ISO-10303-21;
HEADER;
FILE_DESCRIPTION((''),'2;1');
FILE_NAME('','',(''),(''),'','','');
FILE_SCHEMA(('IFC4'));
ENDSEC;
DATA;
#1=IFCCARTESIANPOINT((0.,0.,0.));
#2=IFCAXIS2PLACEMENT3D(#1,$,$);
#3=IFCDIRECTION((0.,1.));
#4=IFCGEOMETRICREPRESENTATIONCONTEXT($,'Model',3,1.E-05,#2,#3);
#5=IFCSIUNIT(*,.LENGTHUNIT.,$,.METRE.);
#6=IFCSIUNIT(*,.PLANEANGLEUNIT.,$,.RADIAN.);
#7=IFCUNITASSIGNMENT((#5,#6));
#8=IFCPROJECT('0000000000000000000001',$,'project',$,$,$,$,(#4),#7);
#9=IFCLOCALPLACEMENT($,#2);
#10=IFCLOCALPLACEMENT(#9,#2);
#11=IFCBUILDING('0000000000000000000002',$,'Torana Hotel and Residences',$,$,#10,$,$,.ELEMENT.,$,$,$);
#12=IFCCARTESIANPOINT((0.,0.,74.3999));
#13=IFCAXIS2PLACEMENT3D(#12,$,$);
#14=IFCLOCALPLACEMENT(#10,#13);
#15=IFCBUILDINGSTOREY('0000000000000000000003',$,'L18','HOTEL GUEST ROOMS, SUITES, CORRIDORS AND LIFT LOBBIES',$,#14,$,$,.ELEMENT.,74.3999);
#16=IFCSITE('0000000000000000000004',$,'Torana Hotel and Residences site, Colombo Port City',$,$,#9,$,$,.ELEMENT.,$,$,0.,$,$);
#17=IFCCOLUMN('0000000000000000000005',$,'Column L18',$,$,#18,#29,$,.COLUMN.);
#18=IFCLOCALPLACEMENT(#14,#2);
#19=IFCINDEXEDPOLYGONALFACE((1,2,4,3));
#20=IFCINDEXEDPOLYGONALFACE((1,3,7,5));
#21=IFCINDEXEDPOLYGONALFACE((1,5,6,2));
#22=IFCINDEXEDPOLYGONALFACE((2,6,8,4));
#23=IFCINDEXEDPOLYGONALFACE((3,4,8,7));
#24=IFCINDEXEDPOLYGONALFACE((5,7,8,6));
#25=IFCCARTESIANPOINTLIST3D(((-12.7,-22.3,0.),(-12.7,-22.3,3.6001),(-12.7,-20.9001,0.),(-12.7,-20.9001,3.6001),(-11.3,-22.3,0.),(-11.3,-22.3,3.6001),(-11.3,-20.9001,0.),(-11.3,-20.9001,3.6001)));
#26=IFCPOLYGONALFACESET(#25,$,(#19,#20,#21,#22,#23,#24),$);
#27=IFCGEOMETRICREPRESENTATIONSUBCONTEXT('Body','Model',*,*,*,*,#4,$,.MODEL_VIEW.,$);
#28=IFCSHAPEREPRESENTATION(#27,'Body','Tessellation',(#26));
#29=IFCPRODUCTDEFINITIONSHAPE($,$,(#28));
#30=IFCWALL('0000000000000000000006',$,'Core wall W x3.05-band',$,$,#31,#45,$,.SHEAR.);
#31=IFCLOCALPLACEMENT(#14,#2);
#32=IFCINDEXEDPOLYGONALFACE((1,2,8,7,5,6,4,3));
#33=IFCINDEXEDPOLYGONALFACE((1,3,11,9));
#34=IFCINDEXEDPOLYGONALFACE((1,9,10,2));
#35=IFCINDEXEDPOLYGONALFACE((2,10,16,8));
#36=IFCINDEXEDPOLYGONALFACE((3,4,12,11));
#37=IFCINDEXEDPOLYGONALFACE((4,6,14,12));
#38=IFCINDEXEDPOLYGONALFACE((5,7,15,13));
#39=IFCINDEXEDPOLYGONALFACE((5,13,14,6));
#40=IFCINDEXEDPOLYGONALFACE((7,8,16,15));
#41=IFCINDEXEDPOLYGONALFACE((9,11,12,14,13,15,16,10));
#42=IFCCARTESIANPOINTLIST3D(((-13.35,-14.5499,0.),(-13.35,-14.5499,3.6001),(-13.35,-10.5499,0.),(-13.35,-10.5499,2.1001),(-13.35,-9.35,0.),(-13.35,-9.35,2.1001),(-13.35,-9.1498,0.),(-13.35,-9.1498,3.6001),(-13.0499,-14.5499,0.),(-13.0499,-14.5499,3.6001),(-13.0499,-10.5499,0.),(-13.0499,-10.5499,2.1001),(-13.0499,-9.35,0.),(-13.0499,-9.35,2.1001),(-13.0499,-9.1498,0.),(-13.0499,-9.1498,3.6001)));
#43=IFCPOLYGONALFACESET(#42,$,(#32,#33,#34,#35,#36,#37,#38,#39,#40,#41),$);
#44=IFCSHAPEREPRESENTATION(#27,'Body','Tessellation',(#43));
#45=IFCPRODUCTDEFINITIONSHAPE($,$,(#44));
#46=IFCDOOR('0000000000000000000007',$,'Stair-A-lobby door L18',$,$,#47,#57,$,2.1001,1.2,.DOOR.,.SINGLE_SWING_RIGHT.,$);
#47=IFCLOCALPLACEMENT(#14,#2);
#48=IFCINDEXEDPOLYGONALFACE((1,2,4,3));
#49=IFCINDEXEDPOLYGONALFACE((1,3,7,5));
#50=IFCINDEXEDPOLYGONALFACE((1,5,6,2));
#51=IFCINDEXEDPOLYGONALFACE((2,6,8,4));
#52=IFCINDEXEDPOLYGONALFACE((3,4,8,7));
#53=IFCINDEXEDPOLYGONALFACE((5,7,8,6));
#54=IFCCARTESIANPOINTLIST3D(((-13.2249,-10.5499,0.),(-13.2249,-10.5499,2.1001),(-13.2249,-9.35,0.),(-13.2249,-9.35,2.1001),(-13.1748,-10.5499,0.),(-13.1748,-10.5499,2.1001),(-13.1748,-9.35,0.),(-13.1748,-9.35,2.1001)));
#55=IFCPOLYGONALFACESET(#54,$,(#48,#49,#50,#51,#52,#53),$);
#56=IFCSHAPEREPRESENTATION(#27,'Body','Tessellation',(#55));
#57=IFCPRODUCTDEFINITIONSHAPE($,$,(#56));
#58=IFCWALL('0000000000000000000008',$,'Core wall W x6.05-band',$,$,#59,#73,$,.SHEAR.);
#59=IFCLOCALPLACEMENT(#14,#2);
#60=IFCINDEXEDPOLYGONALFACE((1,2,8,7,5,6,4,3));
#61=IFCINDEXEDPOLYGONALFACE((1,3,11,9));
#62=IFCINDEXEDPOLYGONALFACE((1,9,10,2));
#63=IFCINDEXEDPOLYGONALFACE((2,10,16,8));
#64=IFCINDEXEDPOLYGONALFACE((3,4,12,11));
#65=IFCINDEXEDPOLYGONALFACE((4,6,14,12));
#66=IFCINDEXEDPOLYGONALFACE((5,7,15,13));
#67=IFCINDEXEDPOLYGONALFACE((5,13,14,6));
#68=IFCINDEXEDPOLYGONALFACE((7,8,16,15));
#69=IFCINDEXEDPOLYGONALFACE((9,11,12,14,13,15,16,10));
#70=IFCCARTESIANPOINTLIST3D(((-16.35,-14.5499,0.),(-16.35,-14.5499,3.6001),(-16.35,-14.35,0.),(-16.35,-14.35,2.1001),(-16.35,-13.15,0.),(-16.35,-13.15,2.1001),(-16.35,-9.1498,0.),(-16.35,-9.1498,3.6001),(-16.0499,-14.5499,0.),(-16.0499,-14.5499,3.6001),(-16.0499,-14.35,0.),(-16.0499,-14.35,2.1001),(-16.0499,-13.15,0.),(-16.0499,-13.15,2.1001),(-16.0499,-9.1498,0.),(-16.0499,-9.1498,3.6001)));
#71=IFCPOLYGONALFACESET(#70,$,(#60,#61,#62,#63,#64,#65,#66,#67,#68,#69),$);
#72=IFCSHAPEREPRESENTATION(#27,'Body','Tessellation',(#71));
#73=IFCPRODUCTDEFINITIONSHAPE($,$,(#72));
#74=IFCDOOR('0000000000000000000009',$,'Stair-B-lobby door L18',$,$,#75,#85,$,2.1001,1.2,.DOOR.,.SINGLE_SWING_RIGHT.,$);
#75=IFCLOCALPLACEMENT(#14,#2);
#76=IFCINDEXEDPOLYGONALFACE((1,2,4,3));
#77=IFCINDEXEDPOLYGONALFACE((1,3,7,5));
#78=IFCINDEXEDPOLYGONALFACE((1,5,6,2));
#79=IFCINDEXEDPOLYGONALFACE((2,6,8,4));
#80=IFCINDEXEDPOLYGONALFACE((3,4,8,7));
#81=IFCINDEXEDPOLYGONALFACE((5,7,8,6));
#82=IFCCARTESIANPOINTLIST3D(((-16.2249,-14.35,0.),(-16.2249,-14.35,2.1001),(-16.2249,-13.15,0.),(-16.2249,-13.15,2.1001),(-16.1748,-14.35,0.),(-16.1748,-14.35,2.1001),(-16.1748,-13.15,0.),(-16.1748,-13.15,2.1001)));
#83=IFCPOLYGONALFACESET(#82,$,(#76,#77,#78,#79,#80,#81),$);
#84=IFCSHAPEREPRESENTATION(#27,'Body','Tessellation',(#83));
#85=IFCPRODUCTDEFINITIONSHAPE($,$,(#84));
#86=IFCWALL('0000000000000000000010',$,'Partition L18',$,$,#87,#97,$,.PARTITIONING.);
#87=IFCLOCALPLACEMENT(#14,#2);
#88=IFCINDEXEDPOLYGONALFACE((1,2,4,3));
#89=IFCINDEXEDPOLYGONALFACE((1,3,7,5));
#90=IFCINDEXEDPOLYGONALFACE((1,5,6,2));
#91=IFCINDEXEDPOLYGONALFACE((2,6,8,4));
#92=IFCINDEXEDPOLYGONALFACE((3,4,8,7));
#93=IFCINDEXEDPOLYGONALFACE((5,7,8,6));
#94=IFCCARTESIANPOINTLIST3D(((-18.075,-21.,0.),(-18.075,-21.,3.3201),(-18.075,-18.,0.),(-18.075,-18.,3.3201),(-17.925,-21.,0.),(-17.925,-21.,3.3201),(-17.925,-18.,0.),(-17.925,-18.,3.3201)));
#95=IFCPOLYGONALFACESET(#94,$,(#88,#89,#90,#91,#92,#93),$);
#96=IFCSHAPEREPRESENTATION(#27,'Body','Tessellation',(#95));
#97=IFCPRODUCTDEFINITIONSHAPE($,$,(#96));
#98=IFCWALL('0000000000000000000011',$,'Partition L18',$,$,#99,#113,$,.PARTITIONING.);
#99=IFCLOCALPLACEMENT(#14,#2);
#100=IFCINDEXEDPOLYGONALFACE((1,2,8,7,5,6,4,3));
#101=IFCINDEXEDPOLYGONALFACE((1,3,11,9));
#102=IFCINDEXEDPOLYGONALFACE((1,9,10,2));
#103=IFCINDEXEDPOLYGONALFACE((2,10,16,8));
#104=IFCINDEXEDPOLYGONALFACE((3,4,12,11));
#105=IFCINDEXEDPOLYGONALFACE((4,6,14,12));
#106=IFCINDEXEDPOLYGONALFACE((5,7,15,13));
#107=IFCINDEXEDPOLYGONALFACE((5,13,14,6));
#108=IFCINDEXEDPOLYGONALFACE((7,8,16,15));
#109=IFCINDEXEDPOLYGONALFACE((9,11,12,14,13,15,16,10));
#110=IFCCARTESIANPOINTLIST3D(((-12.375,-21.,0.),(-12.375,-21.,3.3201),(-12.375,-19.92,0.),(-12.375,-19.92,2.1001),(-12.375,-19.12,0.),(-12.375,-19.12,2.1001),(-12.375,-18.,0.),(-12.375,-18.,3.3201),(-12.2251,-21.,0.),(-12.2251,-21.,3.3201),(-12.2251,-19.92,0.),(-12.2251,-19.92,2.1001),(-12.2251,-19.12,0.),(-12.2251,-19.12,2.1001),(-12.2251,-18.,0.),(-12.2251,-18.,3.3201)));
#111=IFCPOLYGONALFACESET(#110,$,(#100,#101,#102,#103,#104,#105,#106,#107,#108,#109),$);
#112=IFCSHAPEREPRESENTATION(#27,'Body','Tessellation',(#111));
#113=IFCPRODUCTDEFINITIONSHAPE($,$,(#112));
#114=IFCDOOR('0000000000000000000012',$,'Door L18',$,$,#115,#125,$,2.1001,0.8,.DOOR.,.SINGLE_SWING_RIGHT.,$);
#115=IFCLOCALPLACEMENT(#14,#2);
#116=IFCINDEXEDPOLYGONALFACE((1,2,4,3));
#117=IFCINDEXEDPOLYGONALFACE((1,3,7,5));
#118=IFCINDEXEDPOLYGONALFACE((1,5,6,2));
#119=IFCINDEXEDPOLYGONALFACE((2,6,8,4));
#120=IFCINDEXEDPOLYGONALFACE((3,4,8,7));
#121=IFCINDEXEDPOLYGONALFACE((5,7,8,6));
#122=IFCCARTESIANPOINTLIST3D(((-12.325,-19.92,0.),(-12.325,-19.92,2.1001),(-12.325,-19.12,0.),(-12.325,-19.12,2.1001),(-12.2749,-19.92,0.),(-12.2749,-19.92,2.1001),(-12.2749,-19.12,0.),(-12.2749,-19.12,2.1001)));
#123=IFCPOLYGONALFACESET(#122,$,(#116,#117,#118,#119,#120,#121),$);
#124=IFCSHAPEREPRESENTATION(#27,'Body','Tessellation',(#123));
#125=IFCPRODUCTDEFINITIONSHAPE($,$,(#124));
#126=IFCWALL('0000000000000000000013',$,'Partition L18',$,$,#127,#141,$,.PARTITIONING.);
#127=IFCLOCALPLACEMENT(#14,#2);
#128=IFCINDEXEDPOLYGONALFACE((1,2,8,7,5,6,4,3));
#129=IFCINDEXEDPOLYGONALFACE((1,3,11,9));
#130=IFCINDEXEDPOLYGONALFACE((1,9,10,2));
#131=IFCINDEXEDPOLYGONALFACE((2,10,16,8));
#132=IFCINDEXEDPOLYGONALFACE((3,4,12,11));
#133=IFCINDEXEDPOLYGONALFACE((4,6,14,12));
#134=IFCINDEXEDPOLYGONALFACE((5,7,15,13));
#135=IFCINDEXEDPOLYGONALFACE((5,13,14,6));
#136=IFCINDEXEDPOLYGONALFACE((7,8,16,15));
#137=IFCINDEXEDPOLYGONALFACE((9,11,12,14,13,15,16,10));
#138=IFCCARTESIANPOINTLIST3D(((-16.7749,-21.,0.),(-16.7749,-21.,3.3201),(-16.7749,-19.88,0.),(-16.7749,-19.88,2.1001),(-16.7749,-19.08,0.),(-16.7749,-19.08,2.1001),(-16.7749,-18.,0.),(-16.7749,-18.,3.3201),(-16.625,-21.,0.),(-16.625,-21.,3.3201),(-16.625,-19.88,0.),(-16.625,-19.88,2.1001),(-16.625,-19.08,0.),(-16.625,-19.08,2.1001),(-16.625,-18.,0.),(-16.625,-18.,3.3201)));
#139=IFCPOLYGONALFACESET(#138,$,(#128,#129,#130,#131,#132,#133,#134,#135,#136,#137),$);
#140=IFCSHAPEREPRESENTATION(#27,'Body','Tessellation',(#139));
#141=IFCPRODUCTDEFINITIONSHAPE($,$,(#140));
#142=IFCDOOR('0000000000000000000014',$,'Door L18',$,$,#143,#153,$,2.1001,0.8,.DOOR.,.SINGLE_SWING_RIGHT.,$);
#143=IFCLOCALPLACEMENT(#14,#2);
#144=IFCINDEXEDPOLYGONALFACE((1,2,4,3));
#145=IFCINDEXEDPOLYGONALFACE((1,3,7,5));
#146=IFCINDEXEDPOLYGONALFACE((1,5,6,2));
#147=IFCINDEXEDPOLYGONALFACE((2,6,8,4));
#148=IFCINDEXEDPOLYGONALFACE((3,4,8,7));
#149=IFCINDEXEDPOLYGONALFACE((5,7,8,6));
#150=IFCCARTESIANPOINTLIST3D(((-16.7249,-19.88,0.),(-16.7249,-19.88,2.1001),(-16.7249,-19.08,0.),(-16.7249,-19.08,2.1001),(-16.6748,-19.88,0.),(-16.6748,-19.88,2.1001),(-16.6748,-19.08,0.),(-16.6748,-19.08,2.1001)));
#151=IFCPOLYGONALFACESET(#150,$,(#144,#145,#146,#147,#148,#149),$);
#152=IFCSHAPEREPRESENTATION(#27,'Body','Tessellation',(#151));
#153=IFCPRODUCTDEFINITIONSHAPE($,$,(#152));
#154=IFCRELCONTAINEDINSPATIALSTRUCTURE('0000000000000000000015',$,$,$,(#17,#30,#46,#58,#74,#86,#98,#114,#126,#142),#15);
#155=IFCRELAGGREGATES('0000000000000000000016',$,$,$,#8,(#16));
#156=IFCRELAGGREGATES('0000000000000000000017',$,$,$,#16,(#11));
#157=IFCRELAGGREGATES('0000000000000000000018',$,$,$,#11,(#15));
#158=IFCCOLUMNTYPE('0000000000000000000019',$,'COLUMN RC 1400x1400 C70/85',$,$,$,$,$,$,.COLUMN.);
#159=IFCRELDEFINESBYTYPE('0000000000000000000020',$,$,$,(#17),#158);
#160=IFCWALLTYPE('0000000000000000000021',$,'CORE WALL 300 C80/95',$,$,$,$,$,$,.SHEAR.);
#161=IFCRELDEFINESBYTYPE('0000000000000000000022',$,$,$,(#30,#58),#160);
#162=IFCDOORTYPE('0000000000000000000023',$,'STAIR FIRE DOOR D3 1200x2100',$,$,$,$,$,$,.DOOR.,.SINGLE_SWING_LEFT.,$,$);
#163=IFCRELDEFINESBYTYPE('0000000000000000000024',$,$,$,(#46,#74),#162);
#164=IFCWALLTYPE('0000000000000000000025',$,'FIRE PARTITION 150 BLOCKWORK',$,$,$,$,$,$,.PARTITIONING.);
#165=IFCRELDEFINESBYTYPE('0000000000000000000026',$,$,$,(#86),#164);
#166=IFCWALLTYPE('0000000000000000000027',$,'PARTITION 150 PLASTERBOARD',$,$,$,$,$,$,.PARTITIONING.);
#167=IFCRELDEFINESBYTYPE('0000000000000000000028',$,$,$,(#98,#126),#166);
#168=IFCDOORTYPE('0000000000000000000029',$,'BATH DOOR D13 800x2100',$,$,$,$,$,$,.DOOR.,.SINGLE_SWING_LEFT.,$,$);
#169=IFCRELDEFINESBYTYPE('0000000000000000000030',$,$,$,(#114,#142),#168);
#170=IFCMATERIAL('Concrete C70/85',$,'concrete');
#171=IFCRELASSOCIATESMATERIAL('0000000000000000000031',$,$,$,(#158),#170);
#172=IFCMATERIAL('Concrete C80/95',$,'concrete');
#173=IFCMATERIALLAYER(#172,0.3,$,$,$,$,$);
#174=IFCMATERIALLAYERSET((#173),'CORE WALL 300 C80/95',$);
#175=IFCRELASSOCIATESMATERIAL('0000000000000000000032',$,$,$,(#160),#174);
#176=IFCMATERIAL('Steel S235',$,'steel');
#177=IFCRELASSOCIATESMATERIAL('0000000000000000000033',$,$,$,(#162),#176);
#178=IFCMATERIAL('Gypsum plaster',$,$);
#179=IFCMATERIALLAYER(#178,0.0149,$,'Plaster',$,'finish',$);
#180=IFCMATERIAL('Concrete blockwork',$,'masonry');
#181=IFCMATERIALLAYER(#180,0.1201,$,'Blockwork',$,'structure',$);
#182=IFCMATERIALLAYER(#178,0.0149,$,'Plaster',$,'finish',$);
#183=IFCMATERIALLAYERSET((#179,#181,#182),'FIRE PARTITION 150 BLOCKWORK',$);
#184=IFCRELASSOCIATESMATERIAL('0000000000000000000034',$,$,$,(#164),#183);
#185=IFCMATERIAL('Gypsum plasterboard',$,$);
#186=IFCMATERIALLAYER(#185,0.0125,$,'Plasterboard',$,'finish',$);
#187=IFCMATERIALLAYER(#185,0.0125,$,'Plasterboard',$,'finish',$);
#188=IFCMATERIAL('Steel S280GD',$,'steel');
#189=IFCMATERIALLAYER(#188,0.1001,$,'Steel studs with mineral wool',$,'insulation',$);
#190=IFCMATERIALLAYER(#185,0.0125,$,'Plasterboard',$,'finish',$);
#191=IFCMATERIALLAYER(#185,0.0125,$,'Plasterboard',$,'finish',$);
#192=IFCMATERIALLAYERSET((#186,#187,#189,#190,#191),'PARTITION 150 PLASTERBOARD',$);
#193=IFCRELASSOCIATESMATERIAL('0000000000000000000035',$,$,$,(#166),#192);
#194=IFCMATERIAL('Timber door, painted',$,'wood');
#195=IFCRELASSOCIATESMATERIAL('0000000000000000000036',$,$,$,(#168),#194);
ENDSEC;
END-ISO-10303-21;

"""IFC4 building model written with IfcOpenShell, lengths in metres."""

from ifc_helpers import new_model, si_unit, direction, frame, frame_2d, origin, origin_2d, place, context, subcontext, project, spatial, rectangle, extrude, material, layer, layer_set, material_profile, profile_set, type_object, element, fill, save


model = new_model("IFC4")

# Units and contexts
model_context = context("Model", 3, precision=1e-05, world=origin(), true_north=direction((0.0, 1.0)))
body_context = subcontext(model_context, "Body", "Model", "MODEL_VIEW")
ifc_project = project(units=[si_unit("LENGTHUNIT", "METRE"), si_unit("PLANEANGLEUNIT", "RADIAN")], contexts=[model_context])

# Site, building, storey
site_placement = place(None, origin())
site = spatial("IfcSite", under=ifc_project, at=site_placement, Name="Torana Hotel and Residences site, Colombo Port City", CompositionType="ELEMENT", RefElevation=0.0)
building_placement = place(site_placement, origin())
building = spatial("IfcBuilding", under=site, at=building_placement, Name="Torana Hotel and Residences", CompositionType="ELEMENT")
storey_placement = place(building_placement, frame((0.0, 0.0, 74.3999)))
storey = spatial("IfcBuildingStorey", under=building, at=storey_placement, Name="L18", Description="HOTEL GUEST ROOMS, SUITES, CORRIDORS AND LIFT LOBBIES", CompositionType="ELEMENT", Elevation=74.3999)

# Column
ifc_material_1 = material(Name="Concrete C70/85", Category="concrete")
ifc_material_profile = material_profile(ifc_material_1, rectangle(XDim=1.3999, YDim=1.3999, at=origin_2d()), Name="RC 1400x1400")
ifc_profile_set = profile_set([ifc_material_profile], Name="Concrete C70/85")
column_type = type_object("IfcColumnType", Name="COLUMN RC 1400x1400 C70/85", PredefinedType="COLUMN", material=ifc_profile_set)
column_placement = place(storey_placement, frame((-12.0, -21.6001, 0.0), z_axis=(0.0, 0.0, 1.0), x_axis=(1.0, 0.0, 0.0)))
element("IfcColumn", 1, at=column_placement, inside=storey, type_object=column_type, Name="Column L18", PredefinedType="COLUMN", context=body_context, shape_type="SweptSolid", body=[
    extrude(rectangle(XDim=1.3999, YDim=1.3999, at=origin_2d()), origin(), (0.0, 0.0, 1.0), 3.6001),
])

# Walls, openings, doors
ifc_material_2 = material(Name="Concrete C80/95", Category="concrete")
ifc_layer_1 = layer(ifc_material_2, 0.3)
ifc_layer_set_1 = layer_set([ifc_layer_1], Name="CORE WALL 300 C80/95")
wall_type_1 = type_object("IfcWallType", Name="CORE WALL 300 C80/95", PredefinedType="SHEAR", material=ifc_layer_set_1)
wall_1_placement = place(storey_placement, frame((-13.2, -14.55, 0.0), z_axis=(0.0, 0.0, 1.0), x_axis=(0.0, 1.0, 0.0)))
wall_1 = element("IfcWall", 2, at=wall_1_placement, inside=storey, type_object=wall_type_1, Name="Core wall W x3.05-band", PredefinedType="SHEAR", context=body_context, shape_type="SweptSolid", body=[
    extrude(rectangle(XDim=5.4001, YDim=0.3, at=frame_2d((2.7002, 0.0))), origin(), (0.0, 0.0, 1.0), 3.6001),
])
opening_1_placement = place(wall_1_placement, frame((4.0, 0.0, 0.0)))
opening_1 = element("IfcOpeningElement", 3, at=opening_1_placement, cuts=wall_1, PredefinedType="OPENING", context=body_context, shape_type="SweptSolid", body=[
    extrude(rectangle(XDim=1.2, YDim=2.1001, at=frame_2d((0.6001, 1.05))), frame((0.0, 0.1599, 0.0), z_axis=(0.0, -1.0, 0.0), x_axis=(1.0, 0.0, 0.0)), (0.0, 0.0, 1.0), 0.3201),
])
ifc_material_3 = material(Name="Steel S235", Category="steel")
door_type_1 = type_object("IfcDoorType", Name="STAIR FIRE DOOR D3 1200x2100", OperationType="SINGLE_SWING_LEFT", PredefinedType="DOOR", material=ifc_material_3)
door_1_placement = place(opening_1_placement, frame((0.6001, 0.0, 0.0), z_axis=(0.0, 0.0, 1.0), x_axis=(-1.0, 0.0, 0.0)))
door_1 = element("IfcDoor", 4, at=door_1_placement, inside=storey, type_object=door_type_1, Name="Stair-A-lobby door L18", OperationType="SINGLE_SWING_RIGHT", OverallHeight=2.1001, OverallWidth=1.2, PredefinedType="DOOR", context=body_context, shape_type="SweptSolid", body=[
    extrude(rectangle(XDim=1.2, YDim=2.1001, at=frame_2d((0.0, 1.05))), frame((0.0, -0.0249, 0.0), z_axis=(0.0, 1.0, 0.0), x_axis=(-1.0, 0.0, 0.0)), (0.0, 0.0, 1.0), 0.05),
])
fill(opening_1, door_1)
wall_2_placement = place(storey_placement, frame((-16.2, -14.55, 0.0), z_axis=(0.0, 0.0, 1.0), x_axis=(0.0, 1.0, 0.0)))
wall_2 = element("IfcWall", 5, at=wall_2_placement, inside=storey, type_object=wall_type_1, Name="Core wall W x6.05-band", PredefinedType="SHEAR", context=body_context, shape_type="SweptSolid", body=[
    extrude(rectangle(XDim=5.4001, YDim=0.3, at=frame_2d((2.7002, 0.0))), origin(), (0.0, 0.0, 1.0), 3.6001),
])
opening_2_placement = place(wall_2_placement, frame((0.2, 0.0, 0.0)))
opening_2 = element("IfcOpeningElement", 6, at=opening_2_placement, cuts=wall_2, PredefinedType="OPENING", context=body_context, shape_type="SweptSolid", body=[
    extrude(rectangle(XDim=1.2, YDim=2.1001, at=frame_2d((0.6001, 1.05))), frame((0.0, 0.1599, 0.0), z_axis=(0.0, -1.0, 0.0), x_axis=(1.0, 0.0, 0.0)), (0.0, 0.0, 1.0), 0.3201),
])
door_2_placement = place(opening_2_placement, origin())
door_2 = element("IfcDoor", 7, at=door_2_placement, inside=storey, type_object=door_type_1, Name="Stair-B-lobby door L18", OperationType="SINGLE_SWING_RIGHT", OverallHeight=2.1001, OverallWidth=1.2, PredefinedType="DOOR", context=body_context, shape_type="SweptSolid", body=[
    extrude(rectangle(XDim=1.2, YDim=2.1001, at=frame_2d((0.6001, 1.05))), frame((0.0, 0.0249, 0.0), z_axis=(0.0, -1.0, 0.0), x_axis=(1.0, 0.0, 0.0)), (0.0, 0.0, 1.0), 0.05),
])
fill(opening_2, door_2)

# Wall
ifc_material_4 = material(Name="Gypsum plaster")
ifc_layer_2 = layer(ifc_material_4, 0.0149, Name="Plaster", Category="finish")
ifc_material_5 = material(Name="Concrete blockwork", Category="masonry")
ifc_layer_3 = layer(ifc_material_5, 0.1201, Name="Blockwork", Category="structure")
ifc_layer_4 = layer(ifc_material_4, 0.0149, Name="Plaster", Category="finish")
ifc_layer_set_2 = layer_set([ifc_layer_2, ifc_layer_3, ifc_layer_4], Name="FIRE PARTITION 150 BLOCKWORK")
wall_type_2 = type_object("IfcWallType", Name="FIRE PARTITION 150 BLOCKWORK", PredefinedType="PARTITIONING", material=ifc_layer_set_2)
wall_3_placement = place(storey_placement, frame((-18.0, -21.0, 0.0), z_axis=(0.0, 0.0, 1.0), x_axis=(0.0, 1.0, 0.0)))
element("IfcWall", 8, at=wall_3_placement, inside=storey, type_object=wall_type_2, Name="Partition L18", PredefinedType="PARTITIONING", context=body_context, shape_type="SweptSolid", body=[
    extrude(rectangle(XDim=3.0, YDim=0.1499, at=frame_2d((1.5, 0.0))), origin(), (0.0, 0.0, 1.0), 3.3201),
])

# Walls, openings, doors
ifc_material_6 = material(Name="Gypsum plasterboard")
ifc_layer_5 = layer(ifc_material_6, 0.0125, Name="Plasterboard", Category="finish")
ifc_layer_6 = layer(ifc_material_6, 0.0125, Name="Plasterboard", Category="finish")
ifc_material_7 = material(Name="Steel S280GD", Category="steel")
ifc_layer_7 = layer(ifc_material_7, 0.1001, Name="Steel studs with mineral wool", Category="insulation")
ifc_layer_8 = layer(ifc_material_6, 0.0125, Name="Plasterboard", Category="finish")
ifc_layer_9 = layer(ifc_material_6, 0.0125, Name="Plasterboard", Category="finish")
ifc_layer_set_3 = layer_set([ifc_layer_5, ifc_layer_6, ifc_layer_7, ifc_layer_8, ifc_layer_9], Name="PARTITION 150 PLASTERBOARD")
wall_type_3 = type_object("IfcWallType", Name="PARTITION 150 PLASTERBOARD", PredefinedType="PARTITIONING", material=ifc_layer_set_3)
wall_4_placement = place(storey_placement, frame((-12.3, -21.0, 0.0), z_axis=(0.0, 0.0, 1.0), x_axis=(0.0, 1.0, 0.0)))
wall_4 = element("IfcWall", 9, at=wall_4_placement, inside=storey, type_object=wall_type_3, Name="Partition L18", PredefinedType="PARTITIONING", context=body_context, shape_type="SweptSolid", body=[
    extrude(rectangle(XDim=3.0, YDim=0.1499, at=frame_2d((1.5, 0.0))), origin(), (0.0, 0.0, 1.0), 3.3201),
])
opening_3_placement = place(wall_4_placement, frame((1.0801, 0.0, 0.0)))
opening_3 = element("IfcOpeningElement", 10, at=opening_3_placement, cuts=wall_4, PredefinedType="OPENING", context=body_context, shape_type="SweptSolid", body=[
    extrude(rectangle(XDim=0.8, YDim=2.1001, at=frame_2d((0.3999, 1.05))), frame((0.0, 0.085, 0.0), z_axis=(0.0, -1.0, 0.0), x_axis=(1.0, 0.0, 0.0)), (0.0, 0.0, 1.0), 0.1699),
])
ifc_material_8 = material(Name="Timber door, painted", Category="wood")
door_type_2 = type_object("IfcDoorType", Name="BATH DOOR D13 800x2100", OperationType="SINGLE_SWING_LEFT", PredefinedType="DOOR", material=ifc_material_8)
door_3_placement = place(opening_3_placement, origin())
door_3 = element("IfcDoor", 11, at=door_3_placement, inside=storey, type_object=door_type_2, Name="Door L18", OperationType="SINGLE_SWING_RIGHT", OverallHeight=2.1001, OverallWidth=0.8, PredefinedType="DOOR", context=body_context, shape_type="SweptSolid", body=[
    extrude(rectangle(XDim=0.8, YDim=2.1001, at=frame_2d((0.3999, 1.05))), frame((0.0, 0.0249, 0.0), z_axis=(0.0, -1.0, 0.0), x_axis=(1.0, 0.0, 0.0)), (0.0, 0.0, 1.0), 0.05),
])
fill(opening_3, door_3)
wall_5_placement = place(storey_placement, frame((-16.7, -21.0, 0.0), z_axis=(0.0, 0.0, 1.0), x_axis=(0.0, 1.0, 0.0)))
wall_5 = element("IfcWall", 12, at=wall_5_placement, inside=storey, type_object=wall_type_3, Name="Partition L18", PredefinedType="PARTITIONING", context=body_context, shape_type="SweptSolid", body=[
    extrude(rectangle(XDim=3.0, YDim=0.1499, at=frame_2d((1.5, 0.0))), origin(), (0.0, 0.0, 1.0), 3.3201),
])
opening_4_placement = place(wall_5_placement, frame((1.1201, 0.0, 0.0)))
opening_4 = element("IfcOpeningElement", 13, at=opening_4_placement, cuts=wall_5, PredefinedType="OPENING", context=body_context, shape_type="SweptSolid", body=[
    extrude(rectangle(XDim=0.8, YDim=2.1001, at=frame_2d((0.3999, 1.05))), frame((0.0, 0.085, 0.0), z_axis=(0.0, -1.0, 0.0), x_axis=(1.0, 0.0, 0.0)), (0.0, 0.0, 1.0), 0.1699),
])
door_4_placement = place(opening_4_placement, origin())
door_4 = element("IfcDoor", 14, at=door_4_placement, inside=storey, type_object=door_type_2, Name="Door L18", OperationType="SINGLE_SWING_RIGHT", OverallHeight=2.1001, OverallWidth=0.8, PredefinedType="DOOR", context=body_context, shape_type="SweptSolid", body=[
    extrude(rectangle(XDim=0.8, YDim=2.1001, at=frame_2d((0.3999, 1.05))), frame((0.0, 0.0249, 0.0), z_axis=(0.0, -1.0, 0.0), x_axis=(1.0, 0.0, 0.0)), (0.0, 0.0, 1.0), 0.05),
])
fill(opening_4, door_4)

save(model, "model.ifc")
